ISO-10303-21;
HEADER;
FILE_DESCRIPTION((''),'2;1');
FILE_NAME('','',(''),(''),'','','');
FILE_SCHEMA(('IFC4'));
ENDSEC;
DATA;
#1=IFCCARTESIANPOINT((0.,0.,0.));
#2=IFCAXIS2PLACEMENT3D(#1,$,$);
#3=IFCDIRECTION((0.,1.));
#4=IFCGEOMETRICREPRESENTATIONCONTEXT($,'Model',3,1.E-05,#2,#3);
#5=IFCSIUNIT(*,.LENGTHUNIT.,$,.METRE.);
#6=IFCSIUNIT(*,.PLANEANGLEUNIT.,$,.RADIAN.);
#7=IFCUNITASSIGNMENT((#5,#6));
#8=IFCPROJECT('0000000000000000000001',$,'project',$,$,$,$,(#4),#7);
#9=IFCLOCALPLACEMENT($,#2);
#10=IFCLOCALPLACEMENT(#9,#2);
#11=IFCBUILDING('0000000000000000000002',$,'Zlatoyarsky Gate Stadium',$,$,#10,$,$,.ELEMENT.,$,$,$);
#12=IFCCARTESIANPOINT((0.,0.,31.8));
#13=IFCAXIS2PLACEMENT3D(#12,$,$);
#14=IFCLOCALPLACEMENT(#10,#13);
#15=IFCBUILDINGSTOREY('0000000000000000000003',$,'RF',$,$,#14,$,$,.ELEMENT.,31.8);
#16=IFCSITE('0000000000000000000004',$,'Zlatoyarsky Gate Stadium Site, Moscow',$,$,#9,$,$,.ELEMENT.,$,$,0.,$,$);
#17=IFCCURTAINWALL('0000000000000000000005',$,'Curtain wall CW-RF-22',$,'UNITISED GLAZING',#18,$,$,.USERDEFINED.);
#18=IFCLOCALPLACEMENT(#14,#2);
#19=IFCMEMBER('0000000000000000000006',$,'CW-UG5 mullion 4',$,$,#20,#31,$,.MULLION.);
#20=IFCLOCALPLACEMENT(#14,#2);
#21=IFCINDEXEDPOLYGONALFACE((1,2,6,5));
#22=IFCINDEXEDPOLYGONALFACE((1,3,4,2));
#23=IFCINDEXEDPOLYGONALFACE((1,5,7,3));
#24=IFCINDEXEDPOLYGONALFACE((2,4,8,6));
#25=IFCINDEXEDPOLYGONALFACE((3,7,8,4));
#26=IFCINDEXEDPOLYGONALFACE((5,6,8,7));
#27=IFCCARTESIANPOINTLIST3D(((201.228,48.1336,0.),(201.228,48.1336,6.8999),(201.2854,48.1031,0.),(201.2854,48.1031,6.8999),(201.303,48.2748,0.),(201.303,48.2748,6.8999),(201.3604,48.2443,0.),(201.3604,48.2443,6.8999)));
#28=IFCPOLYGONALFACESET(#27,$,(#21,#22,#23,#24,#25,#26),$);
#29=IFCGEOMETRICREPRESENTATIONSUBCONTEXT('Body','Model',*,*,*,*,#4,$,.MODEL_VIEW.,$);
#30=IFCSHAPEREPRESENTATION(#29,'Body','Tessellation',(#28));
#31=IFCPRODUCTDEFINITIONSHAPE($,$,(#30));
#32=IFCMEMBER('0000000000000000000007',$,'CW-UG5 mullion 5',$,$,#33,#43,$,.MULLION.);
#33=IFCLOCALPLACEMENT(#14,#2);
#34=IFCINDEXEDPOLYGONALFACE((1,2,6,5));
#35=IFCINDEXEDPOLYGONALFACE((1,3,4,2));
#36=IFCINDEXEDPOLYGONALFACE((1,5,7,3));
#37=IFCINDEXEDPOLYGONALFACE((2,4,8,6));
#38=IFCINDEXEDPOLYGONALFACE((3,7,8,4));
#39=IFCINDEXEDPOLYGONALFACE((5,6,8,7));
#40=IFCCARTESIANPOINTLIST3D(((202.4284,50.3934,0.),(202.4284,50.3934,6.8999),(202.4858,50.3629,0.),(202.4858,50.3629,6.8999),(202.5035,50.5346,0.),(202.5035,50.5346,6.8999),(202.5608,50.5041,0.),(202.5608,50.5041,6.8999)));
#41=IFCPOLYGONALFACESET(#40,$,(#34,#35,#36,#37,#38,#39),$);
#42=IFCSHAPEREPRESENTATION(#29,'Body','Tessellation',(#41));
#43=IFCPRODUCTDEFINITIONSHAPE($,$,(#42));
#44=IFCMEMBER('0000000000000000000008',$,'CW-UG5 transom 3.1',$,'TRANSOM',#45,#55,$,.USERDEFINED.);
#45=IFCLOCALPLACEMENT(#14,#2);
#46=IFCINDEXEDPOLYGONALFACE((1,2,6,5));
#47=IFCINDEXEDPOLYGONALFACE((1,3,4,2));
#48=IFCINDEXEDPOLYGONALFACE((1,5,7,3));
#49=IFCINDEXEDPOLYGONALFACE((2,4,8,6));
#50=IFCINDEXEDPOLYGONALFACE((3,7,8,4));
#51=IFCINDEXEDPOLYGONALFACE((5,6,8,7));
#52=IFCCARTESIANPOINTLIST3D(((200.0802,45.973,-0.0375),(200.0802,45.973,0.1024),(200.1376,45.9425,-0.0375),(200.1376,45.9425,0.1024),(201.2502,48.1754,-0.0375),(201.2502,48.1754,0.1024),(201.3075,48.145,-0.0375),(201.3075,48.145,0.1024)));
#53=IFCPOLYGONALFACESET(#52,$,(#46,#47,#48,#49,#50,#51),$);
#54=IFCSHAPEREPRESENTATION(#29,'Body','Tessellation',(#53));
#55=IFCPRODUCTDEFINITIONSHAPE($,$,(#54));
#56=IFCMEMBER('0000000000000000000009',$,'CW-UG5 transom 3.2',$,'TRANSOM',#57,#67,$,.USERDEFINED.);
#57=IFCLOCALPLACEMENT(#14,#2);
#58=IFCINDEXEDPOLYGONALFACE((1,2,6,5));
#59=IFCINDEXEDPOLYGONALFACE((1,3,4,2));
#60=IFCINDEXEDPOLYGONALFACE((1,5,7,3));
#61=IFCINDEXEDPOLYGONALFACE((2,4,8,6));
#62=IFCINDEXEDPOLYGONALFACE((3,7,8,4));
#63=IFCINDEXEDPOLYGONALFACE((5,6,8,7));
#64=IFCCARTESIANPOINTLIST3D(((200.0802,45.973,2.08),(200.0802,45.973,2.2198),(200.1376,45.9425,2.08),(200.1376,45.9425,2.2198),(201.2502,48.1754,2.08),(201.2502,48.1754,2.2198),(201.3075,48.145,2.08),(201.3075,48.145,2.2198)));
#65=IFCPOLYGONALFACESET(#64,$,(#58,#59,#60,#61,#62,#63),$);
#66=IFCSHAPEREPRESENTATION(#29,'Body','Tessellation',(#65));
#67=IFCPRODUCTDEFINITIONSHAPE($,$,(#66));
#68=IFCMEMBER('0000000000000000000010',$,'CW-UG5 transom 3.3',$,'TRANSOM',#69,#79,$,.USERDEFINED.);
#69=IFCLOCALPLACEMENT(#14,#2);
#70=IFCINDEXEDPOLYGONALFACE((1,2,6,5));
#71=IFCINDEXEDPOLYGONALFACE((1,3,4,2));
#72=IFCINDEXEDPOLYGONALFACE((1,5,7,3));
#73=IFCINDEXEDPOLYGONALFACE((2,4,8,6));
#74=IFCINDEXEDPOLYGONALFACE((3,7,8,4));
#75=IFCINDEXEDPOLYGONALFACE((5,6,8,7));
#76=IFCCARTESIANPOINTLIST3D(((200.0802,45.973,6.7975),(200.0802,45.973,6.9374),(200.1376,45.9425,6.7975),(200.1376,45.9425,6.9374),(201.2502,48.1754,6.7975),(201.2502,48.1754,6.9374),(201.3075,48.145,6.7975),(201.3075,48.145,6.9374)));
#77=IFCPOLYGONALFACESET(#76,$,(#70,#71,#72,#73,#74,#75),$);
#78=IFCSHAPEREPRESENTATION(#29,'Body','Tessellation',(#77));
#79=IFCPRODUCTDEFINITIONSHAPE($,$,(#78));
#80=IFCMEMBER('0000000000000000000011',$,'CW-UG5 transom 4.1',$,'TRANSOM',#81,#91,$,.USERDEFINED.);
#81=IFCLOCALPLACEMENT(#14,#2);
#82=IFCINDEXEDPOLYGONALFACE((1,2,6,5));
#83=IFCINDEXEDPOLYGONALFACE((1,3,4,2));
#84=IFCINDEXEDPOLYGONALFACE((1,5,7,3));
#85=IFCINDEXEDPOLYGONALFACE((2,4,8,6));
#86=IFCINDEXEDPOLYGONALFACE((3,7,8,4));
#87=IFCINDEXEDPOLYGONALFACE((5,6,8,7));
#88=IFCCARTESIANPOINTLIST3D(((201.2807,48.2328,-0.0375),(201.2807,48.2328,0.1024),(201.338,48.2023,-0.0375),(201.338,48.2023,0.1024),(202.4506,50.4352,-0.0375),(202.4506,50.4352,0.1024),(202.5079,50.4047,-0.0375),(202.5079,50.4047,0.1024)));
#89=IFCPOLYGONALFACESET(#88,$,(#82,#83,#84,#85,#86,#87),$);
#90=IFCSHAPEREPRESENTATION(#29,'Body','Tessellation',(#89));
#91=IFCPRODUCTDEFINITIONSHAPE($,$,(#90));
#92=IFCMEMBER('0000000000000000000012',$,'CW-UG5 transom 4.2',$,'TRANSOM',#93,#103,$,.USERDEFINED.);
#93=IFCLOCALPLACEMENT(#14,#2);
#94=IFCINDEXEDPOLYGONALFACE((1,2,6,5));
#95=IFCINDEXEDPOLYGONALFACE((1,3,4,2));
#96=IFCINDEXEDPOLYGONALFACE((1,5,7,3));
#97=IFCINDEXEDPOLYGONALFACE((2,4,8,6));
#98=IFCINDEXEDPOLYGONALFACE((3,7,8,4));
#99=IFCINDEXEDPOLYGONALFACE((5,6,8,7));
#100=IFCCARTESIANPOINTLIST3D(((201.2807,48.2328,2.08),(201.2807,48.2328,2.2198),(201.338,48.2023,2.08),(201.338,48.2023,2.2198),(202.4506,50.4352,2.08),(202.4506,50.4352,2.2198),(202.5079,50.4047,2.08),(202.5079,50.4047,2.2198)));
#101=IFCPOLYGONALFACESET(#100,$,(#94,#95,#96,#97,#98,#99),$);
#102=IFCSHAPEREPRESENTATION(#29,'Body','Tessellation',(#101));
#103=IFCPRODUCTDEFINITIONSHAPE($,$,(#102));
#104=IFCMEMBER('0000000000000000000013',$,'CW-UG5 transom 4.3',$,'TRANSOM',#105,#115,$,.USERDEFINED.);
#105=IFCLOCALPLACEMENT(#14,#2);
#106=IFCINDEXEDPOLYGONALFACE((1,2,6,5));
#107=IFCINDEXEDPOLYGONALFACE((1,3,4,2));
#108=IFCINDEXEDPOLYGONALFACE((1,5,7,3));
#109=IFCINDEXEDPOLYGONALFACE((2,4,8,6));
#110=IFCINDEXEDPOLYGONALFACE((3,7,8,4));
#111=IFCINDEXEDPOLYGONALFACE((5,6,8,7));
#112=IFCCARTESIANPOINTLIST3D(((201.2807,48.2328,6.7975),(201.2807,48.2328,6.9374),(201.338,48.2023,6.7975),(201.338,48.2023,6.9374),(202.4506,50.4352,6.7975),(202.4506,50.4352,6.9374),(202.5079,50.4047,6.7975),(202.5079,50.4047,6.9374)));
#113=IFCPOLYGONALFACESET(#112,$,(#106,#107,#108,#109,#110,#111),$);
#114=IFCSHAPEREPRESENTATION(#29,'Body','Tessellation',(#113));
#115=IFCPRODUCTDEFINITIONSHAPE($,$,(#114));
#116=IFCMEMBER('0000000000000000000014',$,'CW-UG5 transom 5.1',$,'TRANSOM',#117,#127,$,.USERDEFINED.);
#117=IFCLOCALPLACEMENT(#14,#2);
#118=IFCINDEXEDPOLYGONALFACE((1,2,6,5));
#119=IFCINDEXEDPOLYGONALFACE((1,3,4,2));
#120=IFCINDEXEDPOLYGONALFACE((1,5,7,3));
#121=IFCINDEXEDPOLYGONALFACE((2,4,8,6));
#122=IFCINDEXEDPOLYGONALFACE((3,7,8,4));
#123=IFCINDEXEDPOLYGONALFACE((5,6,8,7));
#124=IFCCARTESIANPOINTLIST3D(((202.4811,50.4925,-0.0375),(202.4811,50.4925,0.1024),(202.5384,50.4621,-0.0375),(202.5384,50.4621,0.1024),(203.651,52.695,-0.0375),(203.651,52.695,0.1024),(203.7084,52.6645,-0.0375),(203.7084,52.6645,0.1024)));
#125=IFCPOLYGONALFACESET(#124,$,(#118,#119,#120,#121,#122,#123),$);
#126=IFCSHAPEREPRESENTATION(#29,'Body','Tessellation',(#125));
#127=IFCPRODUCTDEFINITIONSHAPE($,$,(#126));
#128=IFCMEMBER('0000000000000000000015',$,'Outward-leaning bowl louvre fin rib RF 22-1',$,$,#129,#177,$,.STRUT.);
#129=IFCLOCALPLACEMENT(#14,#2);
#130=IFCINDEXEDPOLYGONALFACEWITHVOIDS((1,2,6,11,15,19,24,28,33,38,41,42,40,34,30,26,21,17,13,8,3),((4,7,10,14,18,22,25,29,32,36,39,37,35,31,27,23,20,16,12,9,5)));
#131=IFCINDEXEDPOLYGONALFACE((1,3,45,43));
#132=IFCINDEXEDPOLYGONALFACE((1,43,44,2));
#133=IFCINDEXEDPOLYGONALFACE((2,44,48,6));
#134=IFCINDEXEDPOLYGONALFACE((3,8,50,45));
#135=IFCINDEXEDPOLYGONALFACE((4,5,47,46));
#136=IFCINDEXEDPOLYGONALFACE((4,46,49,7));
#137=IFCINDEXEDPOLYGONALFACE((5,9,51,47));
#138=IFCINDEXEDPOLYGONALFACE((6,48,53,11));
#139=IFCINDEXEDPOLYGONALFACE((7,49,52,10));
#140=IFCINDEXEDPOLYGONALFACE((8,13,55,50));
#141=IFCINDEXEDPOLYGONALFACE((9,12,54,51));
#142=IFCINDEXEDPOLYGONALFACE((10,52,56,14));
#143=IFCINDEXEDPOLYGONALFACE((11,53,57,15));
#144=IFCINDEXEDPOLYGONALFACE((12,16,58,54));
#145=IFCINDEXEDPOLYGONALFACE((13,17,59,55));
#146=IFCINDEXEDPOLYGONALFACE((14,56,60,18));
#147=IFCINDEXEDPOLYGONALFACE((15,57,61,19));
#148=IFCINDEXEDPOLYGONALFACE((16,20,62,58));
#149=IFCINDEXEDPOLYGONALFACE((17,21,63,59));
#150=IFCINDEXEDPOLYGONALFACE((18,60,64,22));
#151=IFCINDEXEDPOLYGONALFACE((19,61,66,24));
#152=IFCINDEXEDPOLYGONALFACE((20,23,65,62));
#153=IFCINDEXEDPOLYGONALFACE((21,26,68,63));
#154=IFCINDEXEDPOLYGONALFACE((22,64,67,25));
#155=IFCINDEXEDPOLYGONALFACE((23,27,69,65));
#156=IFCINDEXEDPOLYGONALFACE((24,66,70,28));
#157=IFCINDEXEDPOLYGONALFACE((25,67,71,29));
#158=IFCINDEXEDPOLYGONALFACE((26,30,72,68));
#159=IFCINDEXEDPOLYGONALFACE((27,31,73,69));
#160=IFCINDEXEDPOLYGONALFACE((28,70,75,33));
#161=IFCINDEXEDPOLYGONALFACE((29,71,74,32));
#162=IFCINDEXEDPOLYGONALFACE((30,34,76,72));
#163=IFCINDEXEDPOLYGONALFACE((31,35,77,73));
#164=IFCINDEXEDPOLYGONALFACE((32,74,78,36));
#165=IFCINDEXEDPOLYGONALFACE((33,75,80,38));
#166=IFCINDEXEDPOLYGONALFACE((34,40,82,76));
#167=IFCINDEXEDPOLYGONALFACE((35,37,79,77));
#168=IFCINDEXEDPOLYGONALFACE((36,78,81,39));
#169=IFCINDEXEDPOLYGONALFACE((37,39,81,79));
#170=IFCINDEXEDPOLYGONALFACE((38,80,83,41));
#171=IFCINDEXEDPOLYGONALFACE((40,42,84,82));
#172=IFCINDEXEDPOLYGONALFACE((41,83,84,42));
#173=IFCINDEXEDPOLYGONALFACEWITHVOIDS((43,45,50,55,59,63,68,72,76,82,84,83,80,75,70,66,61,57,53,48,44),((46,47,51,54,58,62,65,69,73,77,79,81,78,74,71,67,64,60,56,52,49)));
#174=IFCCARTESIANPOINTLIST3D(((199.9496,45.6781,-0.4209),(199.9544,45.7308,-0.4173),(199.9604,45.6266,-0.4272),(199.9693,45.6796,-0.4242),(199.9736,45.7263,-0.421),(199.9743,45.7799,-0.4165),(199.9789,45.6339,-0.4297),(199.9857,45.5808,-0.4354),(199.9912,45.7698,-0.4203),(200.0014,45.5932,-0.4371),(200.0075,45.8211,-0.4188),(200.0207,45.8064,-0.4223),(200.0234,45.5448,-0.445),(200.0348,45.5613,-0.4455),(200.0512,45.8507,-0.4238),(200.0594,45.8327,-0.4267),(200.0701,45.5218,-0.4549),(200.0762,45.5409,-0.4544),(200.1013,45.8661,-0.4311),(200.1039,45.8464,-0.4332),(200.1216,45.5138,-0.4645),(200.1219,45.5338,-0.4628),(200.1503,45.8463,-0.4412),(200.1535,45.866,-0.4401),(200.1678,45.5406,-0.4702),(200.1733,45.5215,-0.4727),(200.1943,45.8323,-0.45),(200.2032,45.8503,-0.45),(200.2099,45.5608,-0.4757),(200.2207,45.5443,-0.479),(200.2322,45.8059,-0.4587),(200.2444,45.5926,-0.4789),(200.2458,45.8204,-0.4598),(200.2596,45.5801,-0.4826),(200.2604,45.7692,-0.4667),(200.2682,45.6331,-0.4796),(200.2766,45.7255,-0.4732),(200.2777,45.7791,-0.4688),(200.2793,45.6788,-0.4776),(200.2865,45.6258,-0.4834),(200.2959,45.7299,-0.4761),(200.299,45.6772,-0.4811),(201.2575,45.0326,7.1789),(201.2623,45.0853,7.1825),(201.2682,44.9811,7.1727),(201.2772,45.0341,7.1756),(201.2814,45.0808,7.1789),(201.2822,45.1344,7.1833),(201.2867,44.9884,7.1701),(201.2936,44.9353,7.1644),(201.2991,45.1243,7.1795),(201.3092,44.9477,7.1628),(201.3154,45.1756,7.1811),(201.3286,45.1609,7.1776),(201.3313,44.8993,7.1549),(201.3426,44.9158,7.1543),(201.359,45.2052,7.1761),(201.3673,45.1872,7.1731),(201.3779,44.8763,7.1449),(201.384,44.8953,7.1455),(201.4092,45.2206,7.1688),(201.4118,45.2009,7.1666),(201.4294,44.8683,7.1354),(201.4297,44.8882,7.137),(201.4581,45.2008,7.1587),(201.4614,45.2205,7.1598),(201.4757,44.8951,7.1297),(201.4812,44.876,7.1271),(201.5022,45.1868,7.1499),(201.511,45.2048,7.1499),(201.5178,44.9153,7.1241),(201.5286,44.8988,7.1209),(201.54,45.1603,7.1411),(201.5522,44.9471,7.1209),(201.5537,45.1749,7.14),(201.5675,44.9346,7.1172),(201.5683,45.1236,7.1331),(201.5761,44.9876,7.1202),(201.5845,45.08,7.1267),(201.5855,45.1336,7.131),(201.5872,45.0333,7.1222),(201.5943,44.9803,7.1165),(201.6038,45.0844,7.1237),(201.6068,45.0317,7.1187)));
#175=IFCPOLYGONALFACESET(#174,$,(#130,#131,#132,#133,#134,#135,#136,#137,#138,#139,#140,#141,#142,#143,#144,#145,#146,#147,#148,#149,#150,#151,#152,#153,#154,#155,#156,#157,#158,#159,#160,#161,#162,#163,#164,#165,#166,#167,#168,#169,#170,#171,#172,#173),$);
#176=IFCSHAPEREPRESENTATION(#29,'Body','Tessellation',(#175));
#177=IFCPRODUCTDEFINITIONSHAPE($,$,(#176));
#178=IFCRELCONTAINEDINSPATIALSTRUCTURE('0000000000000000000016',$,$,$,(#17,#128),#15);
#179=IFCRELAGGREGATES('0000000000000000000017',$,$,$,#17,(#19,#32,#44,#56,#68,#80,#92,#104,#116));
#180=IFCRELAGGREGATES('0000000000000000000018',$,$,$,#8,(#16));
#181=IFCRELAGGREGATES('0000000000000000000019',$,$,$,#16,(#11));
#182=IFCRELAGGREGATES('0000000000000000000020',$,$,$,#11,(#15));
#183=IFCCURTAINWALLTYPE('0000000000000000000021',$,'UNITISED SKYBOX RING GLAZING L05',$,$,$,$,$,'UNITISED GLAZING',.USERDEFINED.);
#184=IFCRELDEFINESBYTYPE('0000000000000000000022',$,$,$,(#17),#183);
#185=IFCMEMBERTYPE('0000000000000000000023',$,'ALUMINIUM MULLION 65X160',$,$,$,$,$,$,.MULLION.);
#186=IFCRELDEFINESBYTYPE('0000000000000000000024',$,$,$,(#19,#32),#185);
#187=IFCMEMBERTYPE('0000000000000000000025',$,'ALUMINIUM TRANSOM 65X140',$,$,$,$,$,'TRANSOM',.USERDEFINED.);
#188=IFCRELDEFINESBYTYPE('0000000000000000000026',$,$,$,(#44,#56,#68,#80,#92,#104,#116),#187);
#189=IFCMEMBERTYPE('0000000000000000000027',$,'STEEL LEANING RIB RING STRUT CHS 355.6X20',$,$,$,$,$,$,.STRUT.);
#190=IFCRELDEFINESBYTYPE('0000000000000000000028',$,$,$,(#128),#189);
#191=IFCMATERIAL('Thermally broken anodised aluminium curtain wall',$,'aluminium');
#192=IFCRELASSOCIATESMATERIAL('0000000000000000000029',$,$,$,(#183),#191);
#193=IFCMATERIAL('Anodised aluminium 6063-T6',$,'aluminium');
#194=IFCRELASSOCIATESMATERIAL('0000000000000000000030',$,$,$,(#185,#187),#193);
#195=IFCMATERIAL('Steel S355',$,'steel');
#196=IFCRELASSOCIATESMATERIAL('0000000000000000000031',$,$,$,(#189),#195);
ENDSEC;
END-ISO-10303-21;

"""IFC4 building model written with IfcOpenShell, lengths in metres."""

from ifc_helpers import new_model, si_unit, direction, frame, origin, origin_2d, place, context, subcontext, project, spatial, rectangle, hollow_circle, extrude, material, material_profile, profile_set, type_object, element, aggregate, save


model = new_model("IFC4")

# Units and contexts
model_context = context("Model", 3, precision=1e-05, world=origin(), true_north=direction((0.0, 1.0)))
body_context = subcontext(model_context, "Body", "Model", "MODEL_VIEW")
ifc_project = project(units=[si_unit("LENGTHUNIT", "METRE"), si_unit("PLANEANGLEUNIT", "RADIAN")], contexts=[model_context])

# Site, building, storey
site_placement = place(None, origin())
site = spatial("IfcSite", under=ifc_project, at=site_placement, Name="Zlatoyarsky Gate Stadium Site, Moscow", CompositionType="ELEMENT", RefElevation=0.0)
building_placement = place(site_placement, origin())
building = spatial("IfcBuilding", under=site, at=building_placement, Name="Zlatoyarsky Gate Stadium", CompositionType="ELEMENT")
storey_placement = place(building_placement, frame((0.0, 0.0, 31.8)))
storey = spatial("IfcBuildingStorey", under=building, at=storey_placement, Name="RF", CompositionType="ELEMENT", Elevation=31.8)

# Curtain wall, members
ifc_material_1 = material(Name="Thermally broken anodised aluminium curtain wall", Category="aluminium")
curtain_wall_type = type_object("IfcCurtainWallType", Name="UNITISED SKYBOX RING GLAZING L05", ElementType="UNITISED GLAZING", PredefinedType="USERDEFINED", material=ifc_material_1)
curtain_wall_placement = place(storey_placement, origin())
curtain_wall = element("IfcCurtainWall", 1, at=curtain_wall_placement, inside=storey, type_object=curtain_wall_type, Name="Curtain wall CW-RF-22", ObjectType="UNITISED GLAZING", PredefinedType="USERDEFINED")
ifc_material_2 = material(Name="Anodised aluminium 6063-T6", Category="aluminium")
ifc_material_profile_1 = material_profile(ifc_material_2, rectangle(XDim=0.0649, YDim=0.1599, at=origin_2d()), Name="ALU 65X160")
ifc_profile_set_1 = profile_set([ifc_material_profile_1], Name="Anodised aluminium 6063-T6")
member_type_1 = type_object("IfcMemberType", Name="ALUMINIUM MULLION 65X160", PredefinedType="MULLION", material=ifc_profile_set_1)
member_1_placement = place(storey_placement, frame((201.2942, 48.189, 0.0), z_axis=(0.0, 0.0, 1.0), x_axis=(-0.883131, 0.469127, 0.0)))
member_1 = element("IfcMember", 2, at=member_1_placement, type_object=member_type_1, Name="CW-UG5 mullion 4", PredefinedType="MULLION", context=body_context, shape_type="SweptSolid", body=[
    extrude(rectangle(XDim=0.0649, YDim=0.1599, at=origin_2d()), origin(), (0.0, 0.0, 1.0), 6.8999),
])
member_2_placement = place(storey_placement, frame((202.4946, 50.4487, 0.0), z_axis=(0.0, 0.0, 1.0), x_axis=(-0.883131, 0.469127, 0.0)))
member_2 = element("IfcMember", 3, at=member_2_placement, type_object=member_type_1, Name="CW-UG5 mullion 5", PredefinedType="MULLION", context=body_context, shape_type="SweptSolid", body=[
    extrude(rectangle(XDim=0.0649, YDim=0.1599, at=origin_2d()), origin(), (0.0, 0.0, 1.0), 6.8999),
])
ifc_material_profile_2 = material_profile(ifc_material_2, rectangle(XDim=0.0649, YDim=0.1399, at=origin_2d()), Name="ALU 65X140")
ifc_profile_set_2 = profile_set([ifc_material_profile_2], Name="Anodised aluminium 6063-T6")
member_type_2 = type_object("IfcMemberType", Name="ALUMINIUM TRANSOM 65X140", ElementType="TRANSOM", PredefinedType="USERDEFINED", material=ifc_profile_set_2)
member_3_placement = place(storey_placement, frame((200.1089, 45.9578, 0.0325), z_axis=(0.469124, 0.883132, 0.0), x_axis=(-0.883132, 0.469124, 0.0)))
member_3 = element("IfcMember", 4, at=member_3_placement, type_object=member_type_2, Name="CW-UG5 transom 3.1", ObjectType="TRANSOM", PredefinedType="USERDEFINED", context=body_context, shape_type="SweptSolid", body=[
    extrude(rectangle(XDim=0.0649, YDim=0.1399, at=origin_2d()), origin(), (0.0, 0.0, 1.0), 2.4939),
])
member_4_placement = place(storey_placement, frame((200.1089, 45.9578, 2.1499), z_axis=(0.469124, 0.883132, 0.0), x_axis=(-0.883132, 0.469124, 0.0)))
member_4 = element("IfcMember", 5, at=member_4_placement, type_object=member_type_2, Name="CW-UG5 transom 3.2", ObjectType="TRANSOM", PredefinedType="USERDEFINED", context=body_context, shape_type="SweptSolid", body=[
    extrude(rectangle(XDim=0.0649, YDim=0.1399, at=origin_2d()), origin(), (0.0, 0.0, 1.0), 2.4939),
])
member_5_placement = place(storey_placement, frame((200.1089, 45.9578, 6.8674), z_axis=(0.469124, 0.883132, 0.0), x_axis=(-0.883132, 0.469124, 0.0)))
member_5 = element("IfcMember", 6, at=member_5_placement, type_object=member_type_2, Name="CW-UG5 transom 3.3", ObjectType="TRANSOM", PredefinedType="USERDEFINED", context=body_context, shape_type="SweptSolid", body=[
    extrude(rectangle(XDim=0.0649, YDim=0.1399, at=origin_2d()), origin(), (0.0, 0.0, 1.0), 2.4939),
])
member_6_placement = place(storey_placement, frame((201.3093, 48.2175, 0.0325), z_axis=(0.469124, 0.883132, 0.0), x_axis=(-0.883132, 0.469124, 0.0)))
member_6 = element("IfcMember", 7, at=member_6_placement, type_object=member_type_2, Name="CW-UG5 transom 4.1", ObjectType="TRANSOM", PredefinedType="USERDEFINED", context=body_context, shape_type="SweptSolid", body=[
    extrude(rectangle(XDim=0.0649, YDim=0.1399, at=origin_2d()), origin(), (0.0, 0.0, 1.0), 2.4939),
])
member_7_placement = place(storey_placement, frame((201.3093, 48.2175, 2.1499), z_axis=(0.469124, 0.883132, 0.0), x_axis=(-0.883132, 0.469124, 0.0)))
member_7 = element("IfcMember", 8, at=member_7_placement, type_object=member_type_2, Name="CW-UG5 transom 4.2", ObjectType="TRANSOM", PredefinedType="USERDEFINED", context=body_context, shape_type="SweptSolid", body=[
    extrude(rectangle(XDim=0.0649, YDim=0.1399, at=origin_2d()), origin(), (0.0, 0.0, 1.0), 2.4939),
])
member_8_placement = place(storey_placement, frame((201.3093, 48.2175, 6.8674), z_axis=(0.469124, 0.883132, 0.0), x_axis=(-0.883132, 0.469124, 0.0)))
member_8 = element("IfcMember", 9, at=member_8_placement, type_object=member_type_2, Name="CW-UG5 transom 4.3", ObjectType="TRANSOM", PredefinedType="USERDEFINED", context=body_context, shape_type="SweptSolid", body=[
    extrude(rectangle(XDim=0.0649, YDim=0.1399, at=origin_2d()), origin(), (0.0, 0.0, 1.0), 2.4939),
])
member_9_placement = place(storey_placement, frame((202.5098, 50.4773, 0.0325), z_axis=(0.469124, 0.883132, 0.0), x_axis=(-0.883132, 0.469124, 0.0)))
member_9 = element("IfcMember", 10, at=member_9_placement, type_object=member_type_2, Name="CW-UG5 transom 5.1", ObjectType="TRANSOM", PredefinedType="USERDEFINED", context=body_context, shape_type="SweptSolid", body=[
    extrude(rectangle(XDim=0.0649, YDim=0.1399, at=origin_2d()), origin(), (0.0, 0.0, 1.0), 2.4939),
])

# Member
ifc_material_3 = material(Name="Steel S355", Category="steel")
ifc_material_profile_3 = material_profile(ifc_material_3, hollow_circle(Radius=0.1777, WallThickness=0.02, at=origin_2d()), Name="CHS 355.6X20")
ifc_profile_set_3 = profile_set([ifc_material_profile_3], Name="Steel S355")
member_type_3 = type_object("IfcMemberType", Name="STEEL LEANING RIB RING STRUT CHS 355.6X20", PredefinedType="STRUT", material=ifc_profile_set_3)
member_10_placement = place(storey_placement, frame((200.1245, 45.6909, -0.45), z_axis=(0.169006, -0.083415, 0.982079), x_axis=(0.442588, 0.896725, 0.0)))
element("IfcMember", 11, at=member_10_placement, inside=storey, type_object=member_type_3, Name="Outward-leaning bowl louvre fin rib RF 22-1", PredefinedType="STRUT", context=body_context, shape_type="SweptSolid", body=[
    extrude(hollow_circle(Radius=0.1777, WallThickness=0.02, at=origin_2d()), origin(), (0.0, 0.0, 1.0), 7.7385),
])

aggregate(curtain_wall, [member_1, member_2, member_3, member_4, member_5, member_6, member_7, member_8, member_9])

save(model, "model.ifc")
